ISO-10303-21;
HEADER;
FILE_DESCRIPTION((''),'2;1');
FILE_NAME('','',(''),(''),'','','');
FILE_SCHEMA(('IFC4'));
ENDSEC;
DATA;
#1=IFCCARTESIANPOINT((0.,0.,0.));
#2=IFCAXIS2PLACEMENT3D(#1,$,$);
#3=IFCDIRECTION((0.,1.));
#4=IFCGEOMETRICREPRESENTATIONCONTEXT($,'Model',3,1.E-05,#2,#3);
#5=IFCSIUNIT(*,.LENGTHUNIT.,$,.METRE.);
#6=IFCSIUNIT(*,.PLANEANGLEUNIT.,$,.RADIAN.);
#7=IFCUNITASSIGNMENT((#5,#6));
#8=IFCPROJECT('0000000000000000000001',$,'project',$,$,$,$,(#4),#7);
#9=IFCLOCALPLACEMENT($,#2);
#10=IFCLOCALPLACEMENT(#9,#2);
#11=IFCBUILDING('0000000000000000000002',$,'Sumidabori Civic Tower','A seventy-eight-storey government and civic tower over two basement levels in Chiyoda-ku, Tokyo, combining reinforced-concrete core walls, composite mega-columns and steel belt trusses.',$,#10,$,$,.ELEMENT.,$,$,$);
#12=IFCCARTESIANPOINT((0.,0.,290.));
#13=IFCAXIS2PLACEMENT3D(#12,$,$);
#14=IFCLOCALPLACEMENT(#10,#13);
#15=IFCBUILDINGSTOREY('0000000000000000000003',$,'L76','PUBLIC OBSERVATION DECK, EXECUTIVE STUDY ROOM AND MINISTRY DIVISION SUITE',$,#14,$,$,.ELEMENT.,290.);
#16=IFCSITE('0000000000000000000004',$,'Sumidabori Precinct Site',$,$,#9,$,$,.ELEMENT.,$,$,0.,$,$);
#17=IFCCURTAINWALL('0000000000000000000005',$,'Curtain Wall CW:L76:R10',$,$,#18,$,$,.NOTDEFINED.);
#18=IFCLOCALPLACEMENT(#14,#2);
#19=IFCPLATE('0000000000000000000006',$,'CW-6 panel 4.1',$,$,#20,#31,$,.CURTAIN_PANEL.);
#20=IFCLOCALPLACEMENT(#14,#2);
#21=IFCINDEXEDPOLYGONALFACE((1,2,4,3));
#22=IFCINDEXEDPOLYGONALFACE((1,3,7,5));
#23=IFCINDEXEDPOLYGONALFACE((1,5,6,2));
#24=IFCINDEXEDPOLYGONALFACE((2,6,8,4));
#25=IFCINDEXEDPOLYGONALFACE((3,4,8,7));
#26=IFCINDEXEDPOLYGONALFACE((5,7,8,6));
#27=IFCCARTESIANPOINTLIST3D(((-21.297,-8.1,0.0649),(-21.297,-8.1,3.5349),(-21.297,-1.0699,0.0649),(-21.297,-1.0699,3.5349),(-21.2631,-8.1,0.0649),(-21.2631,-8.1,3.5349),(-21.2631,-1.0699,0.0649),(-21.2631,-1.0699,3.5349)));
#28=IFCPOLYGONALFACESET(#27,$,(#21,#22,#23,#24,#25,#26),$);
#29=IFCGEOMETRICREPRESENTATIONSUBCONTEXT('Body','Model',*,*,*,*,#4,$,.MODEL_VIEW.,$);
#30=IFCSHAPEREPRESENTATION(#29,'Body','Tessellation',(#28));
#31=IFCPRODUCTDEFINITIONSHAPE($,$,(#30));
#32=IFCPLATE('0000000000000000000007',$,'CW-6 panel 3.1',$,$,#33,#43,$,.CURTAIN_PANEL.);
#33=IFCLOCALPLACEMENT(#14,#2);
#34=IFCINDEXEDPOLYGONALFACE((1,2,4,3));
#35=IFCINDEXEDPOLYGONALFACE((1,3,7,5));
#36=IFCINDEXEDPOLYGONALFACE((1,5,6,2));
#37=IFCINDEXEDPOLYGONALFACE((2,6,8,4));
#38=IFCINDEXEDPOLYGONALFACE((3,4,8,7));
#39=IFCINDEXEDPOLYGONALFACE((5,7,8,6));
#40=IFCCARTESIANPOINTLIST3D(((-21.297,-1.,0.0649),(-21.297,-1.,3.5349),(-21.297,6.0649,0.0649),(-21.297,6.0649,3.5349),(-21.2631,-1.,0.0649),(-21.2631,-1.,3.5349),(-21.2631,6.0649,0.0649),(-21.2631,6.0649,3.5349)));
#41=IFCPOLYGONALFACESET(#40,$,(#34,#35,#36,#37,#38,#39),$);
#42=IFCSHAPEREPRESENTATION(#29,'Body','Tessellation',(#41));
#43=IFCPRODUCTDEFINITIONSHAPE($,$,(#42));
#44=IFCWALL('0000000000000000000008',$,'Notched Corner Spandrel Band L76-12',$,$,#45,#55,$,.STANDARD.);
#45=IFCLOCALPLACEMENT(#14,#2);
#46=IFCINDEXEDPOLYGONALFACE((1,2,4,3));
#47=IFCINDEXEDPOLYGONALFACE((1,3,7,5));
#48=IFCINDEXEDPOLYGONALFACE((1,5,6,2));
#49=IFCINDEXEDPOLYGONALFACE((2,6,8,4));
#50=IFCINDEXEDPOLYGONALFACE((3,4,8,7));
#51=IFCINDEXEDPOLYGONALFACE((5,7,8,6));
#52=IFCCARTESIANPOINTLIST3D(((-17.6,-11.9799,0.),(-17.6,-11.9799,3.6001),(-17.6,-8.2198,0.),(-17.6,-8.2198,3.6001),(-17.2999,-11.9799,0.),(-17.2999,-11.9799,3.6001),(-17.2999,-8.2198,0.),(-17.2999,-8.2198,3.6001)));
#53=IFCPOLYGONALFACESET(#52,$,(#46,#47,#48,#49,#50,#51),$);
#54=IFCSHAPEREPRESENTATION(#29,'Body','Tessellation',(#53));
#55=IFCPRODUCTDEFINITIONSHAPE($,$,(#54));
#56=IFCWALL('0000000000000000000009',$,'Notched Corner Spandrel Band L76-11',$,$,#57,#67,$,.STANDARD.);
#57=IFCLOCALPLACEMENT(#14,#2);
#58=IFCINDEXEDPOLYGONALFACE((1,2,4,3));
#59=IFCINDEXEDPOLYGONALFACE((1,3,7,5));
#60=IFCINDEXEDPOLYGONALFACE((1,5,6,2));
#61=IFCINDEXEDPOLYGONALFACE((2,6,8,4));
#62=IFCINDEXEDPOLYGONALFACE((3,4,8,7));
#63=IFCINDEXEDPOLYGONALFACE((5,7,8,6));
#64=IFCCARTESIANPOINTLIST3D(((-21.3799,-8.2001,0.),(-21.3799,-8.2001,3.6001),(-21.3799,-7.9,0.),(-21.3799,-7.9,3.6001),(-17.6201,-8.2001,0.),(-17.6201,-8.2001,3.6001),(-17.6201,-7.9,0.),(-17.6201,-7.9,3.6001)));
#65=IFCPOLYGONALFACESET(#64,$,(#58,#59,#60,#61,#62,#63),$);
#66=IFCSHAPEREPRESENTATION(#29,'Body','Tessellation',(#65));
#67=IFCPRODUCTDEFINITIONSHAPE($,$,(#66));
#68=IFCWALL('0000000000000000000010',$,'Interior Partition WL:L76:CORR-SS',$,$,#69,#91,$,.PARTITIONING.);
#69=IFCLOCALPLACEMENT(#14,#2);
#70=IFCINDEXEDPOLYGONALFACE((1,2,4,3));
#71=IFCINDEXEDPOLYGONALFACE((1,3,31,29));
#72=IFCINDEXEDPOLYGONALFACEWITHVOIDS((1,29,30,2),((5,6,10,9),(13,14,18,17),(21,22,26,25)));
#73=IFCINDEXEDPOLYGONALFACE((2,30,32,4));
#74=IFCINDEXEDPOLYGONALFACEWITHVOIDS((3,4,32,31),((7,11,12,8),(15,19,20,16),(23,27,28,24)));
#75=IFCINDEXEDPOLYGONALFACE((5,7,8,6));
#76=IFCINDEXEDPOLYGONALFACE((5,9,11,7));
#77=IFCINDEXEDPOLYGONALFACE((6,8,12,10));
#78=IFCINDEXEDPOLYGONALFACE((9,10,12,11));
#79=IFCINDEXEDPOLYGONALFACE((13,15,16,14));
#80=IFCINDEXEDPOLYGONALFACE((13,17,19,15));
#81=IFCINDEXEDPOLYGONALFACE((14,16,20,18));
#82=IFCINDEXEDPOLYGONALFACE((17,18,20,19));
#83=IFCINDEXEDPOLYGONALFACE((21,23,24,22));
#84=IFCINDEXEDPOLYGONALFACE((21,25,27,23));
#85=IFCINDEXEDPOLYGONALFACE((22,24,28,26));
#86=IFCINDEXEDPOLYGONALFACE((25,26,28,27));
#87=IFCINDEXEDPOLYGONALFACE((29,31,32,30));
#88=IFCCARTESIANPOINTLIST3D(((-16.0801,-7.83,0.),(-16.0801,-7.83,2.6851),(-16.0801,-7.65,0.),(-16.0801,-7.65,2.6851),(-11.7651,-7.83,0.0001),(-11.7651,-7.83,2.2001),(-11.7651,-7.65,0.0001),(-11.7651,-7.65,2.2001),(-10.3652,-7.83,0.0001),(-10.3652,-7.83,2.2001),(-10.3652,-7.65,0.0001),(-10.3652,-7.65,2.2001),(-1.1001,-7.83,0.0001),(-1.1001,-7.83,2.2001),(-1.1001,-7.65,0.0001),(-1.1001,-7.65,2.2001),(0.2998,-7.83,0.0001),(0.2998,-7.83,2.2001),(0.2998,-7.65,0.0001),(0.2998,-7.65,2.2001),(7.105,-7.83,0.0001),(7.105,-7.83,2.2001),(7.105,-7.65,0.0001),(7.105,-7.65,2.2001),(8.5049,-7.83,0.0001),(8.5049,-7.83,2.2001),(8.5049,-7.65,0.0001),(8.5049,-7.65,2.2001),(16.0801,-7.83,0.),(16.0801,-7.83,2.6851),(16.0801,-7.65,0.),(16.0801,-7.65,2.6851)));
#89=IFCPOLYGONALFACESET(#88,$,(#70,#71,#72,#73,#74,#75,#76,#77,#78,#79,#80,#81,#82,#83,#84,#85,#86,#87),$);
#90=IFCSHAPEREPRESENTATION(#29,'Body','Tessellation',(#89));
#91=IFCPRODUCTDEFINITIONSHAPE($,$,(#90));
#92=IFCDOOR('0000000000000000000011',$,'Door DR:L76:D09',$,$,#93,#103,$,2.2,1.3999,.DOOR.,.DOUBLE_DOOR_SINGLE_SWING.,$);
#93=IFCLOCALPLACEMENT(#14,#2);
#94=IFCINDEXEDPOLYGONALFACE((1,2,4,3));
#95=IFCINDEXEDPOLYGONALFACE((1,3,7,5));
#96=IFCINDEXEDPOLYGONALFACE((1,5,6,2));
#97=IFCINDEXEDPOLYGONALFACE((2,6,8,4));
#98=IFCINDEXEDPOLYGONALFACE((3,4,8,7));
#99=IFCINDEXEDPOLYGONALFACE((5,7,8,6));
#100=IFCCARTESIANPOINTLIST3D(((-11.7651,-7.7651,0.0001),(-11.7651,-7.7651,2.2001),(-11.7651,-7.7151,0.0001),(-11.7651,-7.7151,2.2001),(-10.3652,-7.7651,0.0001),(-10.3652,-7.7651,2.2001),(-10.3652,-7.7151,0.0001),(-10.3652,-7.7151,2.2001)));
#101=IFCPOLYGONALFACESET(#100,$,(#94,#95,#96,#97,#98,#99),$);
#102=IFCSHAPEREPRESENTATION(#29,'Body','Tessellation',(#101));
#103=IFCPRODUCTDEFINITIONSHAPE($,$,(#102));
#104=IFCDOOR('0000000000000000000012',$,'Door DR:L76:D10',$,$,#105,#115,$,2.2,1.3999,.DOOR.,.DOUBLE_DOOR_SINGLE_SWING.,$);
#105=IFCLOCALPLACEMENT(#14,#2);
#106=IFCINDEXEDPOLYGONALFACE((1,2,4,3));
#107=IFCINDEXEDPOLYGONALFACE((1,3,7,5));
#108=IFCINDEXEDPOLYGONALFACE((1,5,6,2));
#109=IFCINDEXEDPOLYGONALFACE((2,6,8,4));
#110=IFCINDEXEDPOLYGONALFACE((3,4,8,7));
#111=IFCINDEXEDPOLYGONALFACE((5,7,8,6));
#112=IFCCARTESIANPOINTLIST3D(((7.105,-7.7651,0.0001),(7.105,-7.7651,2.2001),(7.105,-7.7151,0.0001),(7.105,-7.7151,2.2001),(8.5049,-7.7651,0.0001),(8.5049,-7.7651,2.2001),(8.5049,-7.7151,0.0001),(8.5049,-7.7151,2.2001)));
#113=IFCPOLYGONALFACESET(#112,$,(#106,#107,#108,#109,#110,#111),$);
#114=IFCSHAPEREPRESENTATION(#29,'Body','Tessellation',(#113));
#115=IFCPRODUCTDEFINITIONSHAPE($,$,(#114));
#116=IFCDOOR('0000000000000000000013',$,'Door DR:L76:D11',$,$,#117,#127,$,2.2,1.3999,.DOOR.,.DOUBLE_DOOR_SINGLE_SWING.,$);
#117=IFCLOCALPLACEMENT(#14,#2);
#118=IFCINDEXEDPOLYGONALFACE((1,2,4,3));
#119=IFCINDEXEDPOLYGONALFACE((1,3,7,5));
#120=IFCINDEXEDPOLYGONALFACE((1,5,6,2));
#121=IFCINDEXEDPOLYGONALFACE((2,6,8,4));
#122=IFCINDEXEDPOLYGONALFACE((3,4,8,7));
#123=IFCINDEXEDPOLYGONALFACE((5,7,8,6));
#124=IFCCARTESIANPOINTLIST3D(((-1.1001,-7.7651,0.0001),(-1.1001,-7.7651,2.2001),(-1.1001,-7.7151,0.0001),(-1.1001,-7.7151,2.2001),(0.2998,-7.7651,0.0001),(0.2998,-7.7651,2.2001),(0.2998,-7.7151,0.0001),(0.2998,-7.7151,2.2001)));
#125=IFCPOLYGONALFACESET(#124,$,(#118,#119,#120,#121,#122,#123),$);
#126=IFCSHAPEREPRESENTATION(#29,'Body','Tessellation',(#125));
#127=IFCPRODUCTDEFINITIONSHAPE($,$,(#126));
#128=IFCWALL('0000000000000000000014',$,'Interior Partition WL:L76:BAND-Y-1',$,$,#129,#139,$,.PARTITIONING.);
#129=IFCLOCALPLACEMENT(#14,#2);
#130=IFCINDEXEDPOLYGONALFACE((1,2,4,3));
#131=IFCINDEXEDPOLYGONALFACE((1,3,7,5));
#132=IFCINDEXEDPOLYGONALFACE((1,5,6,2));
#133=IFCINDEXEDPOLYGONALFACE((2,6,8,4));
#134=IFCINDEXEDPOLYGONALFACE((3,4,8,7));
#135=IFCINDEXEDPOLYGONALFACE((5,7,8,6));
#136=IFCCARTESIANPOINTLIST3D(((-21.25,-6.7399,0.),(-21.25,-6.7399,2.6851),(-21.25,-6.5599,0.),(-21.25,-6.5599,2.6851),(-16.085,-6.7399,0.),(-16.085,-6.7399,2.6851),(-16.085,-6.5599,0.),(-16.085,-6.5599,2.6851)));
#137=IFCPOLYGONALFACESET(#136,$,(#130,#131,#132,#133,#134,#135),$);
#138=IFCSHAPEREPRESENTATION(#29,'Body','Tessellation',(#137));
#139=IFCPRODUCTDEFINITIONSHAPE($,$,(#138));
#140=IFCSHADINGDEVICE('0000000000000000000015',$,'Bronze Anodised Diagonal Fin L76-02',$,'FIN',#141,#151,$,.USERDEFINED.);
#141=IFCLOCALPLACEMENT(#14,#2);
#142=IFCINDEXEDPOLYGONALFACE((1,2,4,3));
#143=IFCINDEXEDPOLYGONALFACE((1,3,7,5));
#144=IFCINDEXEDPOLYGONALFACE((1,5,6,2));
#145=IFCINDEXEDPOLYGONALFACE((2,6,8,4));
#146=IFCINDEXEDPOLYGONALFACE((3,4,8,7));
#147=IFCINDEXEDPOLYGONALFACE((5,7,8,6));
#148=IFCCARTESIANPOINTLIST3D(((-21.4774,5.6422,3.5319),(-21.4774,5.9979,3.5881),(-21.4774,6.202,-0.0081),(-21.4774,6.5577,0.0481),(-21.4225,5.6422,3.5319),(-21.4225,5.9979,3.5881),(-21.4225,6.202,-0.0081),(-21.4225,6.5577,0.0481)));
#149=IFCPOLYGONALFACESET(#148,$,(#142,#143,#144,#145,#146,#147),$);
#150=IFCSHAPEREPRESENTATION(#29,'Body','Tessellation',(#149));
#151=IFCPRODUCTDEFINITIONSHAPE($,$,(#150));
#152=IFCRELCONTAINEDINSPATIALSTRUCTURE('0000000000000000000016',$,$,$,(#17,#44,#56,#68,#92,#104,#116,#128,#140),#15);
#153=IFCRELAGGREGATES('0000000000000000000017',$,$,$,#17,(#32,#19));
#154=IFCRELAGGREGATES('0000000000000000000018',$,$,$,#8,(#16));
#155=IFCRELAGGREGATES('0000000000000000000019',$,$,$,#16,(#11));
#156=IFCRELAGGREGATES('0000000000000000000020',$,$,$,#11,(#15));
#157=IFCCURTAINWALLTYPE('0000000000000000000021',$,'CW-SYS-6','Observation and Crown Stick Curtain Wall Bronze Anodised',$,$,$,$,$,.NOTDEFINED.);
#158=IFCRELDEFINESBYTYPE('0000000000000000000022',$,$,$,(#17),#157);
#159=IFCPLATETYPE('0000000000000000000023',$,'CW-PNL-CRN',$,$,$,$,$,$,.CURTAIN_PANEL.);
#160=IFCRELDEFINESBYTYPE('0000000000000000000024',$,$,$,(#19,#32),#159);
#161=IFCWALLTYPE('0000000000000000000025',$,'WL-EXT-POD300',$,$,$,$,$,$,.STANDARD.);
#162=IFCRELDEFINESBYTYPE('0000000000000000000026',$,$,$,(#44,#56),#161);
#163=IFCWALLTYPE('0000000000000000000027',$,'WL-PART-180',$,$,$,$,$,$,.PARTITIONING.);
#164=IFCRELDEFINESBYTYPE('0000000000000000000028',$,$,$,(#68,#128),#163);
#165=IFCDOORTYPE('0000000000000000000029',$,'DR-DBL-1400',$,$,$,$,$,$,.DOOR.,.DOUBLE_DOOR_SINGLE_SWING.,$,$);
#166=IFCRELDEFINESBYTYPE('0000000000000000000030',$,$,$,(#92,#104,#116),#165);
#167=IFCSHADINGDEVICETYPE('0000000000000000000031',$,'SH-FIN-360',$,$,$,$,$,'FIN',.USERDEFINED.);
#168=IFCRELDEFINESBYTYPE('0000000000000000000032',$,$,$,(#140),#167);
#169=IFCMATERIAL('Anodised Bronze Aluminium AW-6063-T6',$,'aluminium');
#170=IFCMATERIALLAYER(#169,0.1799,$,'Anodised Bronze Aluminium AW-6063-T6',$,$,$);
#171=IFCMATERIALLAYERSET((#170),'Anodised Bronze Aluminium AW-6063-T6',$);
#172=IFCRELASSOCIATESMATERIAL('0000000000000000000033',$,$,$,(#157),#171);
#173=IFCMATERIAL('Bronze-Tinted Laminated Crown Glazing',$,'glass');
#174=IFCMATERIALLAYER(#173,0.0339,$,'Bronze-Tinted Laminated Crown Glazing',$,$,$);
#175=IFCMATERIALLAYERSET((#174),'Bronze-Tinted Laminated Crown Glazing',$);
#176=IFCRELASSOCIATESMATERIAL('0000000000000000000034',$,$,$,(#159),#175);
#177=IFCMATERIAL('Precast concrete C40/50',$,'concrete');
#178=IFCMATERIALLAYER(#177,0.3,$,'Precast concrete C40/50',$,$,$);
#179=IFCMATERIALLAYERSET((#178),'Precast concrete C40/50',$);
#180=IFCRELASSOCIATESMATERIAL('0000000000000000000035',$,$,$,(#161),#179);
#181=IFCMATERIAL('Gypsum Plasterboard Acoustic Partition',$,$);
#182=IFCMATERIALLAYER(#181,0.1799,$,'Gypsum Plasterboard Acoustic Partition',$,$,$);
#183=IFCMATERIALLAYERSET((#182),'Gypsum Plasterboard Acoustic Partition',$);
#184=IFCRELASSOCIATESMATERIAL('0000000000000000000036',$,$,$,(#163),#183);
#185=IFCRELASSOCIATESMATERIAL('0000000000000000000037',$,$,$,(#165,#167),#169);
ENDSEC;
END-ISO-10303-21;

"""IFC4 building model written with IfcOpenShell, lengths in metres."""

from ifc_helpers import new_model, si_unit, direction, frame, frame_2d, origin, origin_2d, place, context, subcontext, project, spatial, rectangle, extrude, source, transform, mapped, material, layer, layer_set, material_profile, profile_set, type_object, element, fill, aggregate, save


model = new_model("IFC4")

# Units and contexts
model_context = context("Model", 3, precision=1e-05, world=origin(), true_north=direction((0.0, 1.0)))
body_context = subcontext(model_context, "Body", "Model", "MODEL_VIEW")
ifc_project = project(units=[si_unit("LENGTHUNIT", "METRE"), si_unit("PLANEANGLEUNIT", "RADIAN")], contexts=[model_context])

# Site, building, storey
site_placement = place(None, origin())
site = spatial("IfcSite", under=ifc_project, at=site_placement, Name="Sumidabori Precinct Site", CompositionType="ELEMENT", RefElevation=0.0)
building_placement = place(site_placement, origin())
building = spatial("IfcBuilding", under=site, at=building_placement, Name="Sumidabori Civic Tower", Description="A seventy-eight-storey government and civic tower over two basement levels in Chiyoda-ku, Tokyo, combining reinforced-concrete core walls, composite mega-columns and steel belt trusses.", CompositionType="ELEMENT")
storey_placement = place(building_placement, frame((0.0, 0.0, 290.0)))
storey = spatial("IfcBuildingStorey", under=building, at=storey_placement, Name="L76", Description="PUBLIC OBSERVATION DECK, EXECUTIVE STUDY ROOM AND MINISTRY DIVISION SUITE", CompositionType="ELEMENT", Elevation=290.0)

# Curtain wall
ifc_material_1 = material(Name="Anodised Bronze Aluminium AW-6063-T6", Category="aluminium")
ifc_layer_1 = layer(ifc_material_1, 0.1799, Name="Anodised Bronze Aluminium AW-6063-T6")
ifc_layer_set_1 = layer_set([ifc_layer_1], Name="Anodised Bronze Aluminium AW-6063-T6")
curtain_wall_type = type_object("IfcCurtainWallType", Name="CW-SYS-6", Description="Observation and Crown Stick Curtain Wall Bronze Anodised", PredefinedType="NOTDEFINED", material=ifc_layer_set_1)
curtain_wall_1_placement = place(storey_placement, origin())
curtain_wall_1 = element("IfcCurtainWall", 1, at=curtain_wall_1_placement, inside=storey, type_object=curtain_wall_type, Name="Curtain Wall CW:L76:R10", PredefinedType="NOTDEFINED")

# Plates
ifc_material_2 = material(Name="Bronze-Tinted Laminated Crown Glazing", Category="glass")
ifc_layer_2 = layer(ifc_material_2, 0.0339, Name="Bronze-Tinted Laminated Crown Glazing")
ifc_layer_set_2 = layer_set([ifc_layer_2], Name="Bronze-Tinted Laminated Crown Glazing")
plate_type = type_object("IfcPlateType", Name="CW-PNL-CRN", PredefinedType="CURTAIN_PANEL", material=ifc_layer_set_2)
shared_shape_1 = source(origin(), body_context, "Body", "SweptSolid", [
    extrude(rectangle(XDim=7.03, YDim=0.0339, at=origin_2d()), origin(), (0.0, 0.0, 1.0), 3.47),
])
plate_1_placement = place(storey_placement, frame((-21.28, -4.585, 0.0649), z_axis=(0.0, 0.0, 1.0), x_axis=(0.0, -1.0, 0.0)))
plate_1 = element("IfcPlate", 2, at=plate_1_placement, type_object=plate_type, Name="CW-6 panel 4.1", PredefinedType="CURTAIN_PANEL", context=body_context, shape_type="MappedRepresentation", body=[
    mapped(shared_shape_1, transform((0.0, 0.0, 0.0), x_axis=(1.0, 0.0, 0.0), y_axis=(0.0, 1.0, 0.0), z_axis=(0.0, 0.0, 1.0), scale=1.0)),
])
shared_shape_2 = source(origin(), body_context, "Body", "SweptSolid", [
    extrude(rectangle(XDim=7.0649, YDim=0.0339, at=origin_2d()), origin(), (0.0, 0.0, 1.0), 3.47),
])
plate_2_placement = place(storey_placement, frame((-21.28, 2.5325, 0.0649), z_axis=(0.0, 0.0, 1.0), x_axis=(0.0, -1.0, 0.0)))
plate_2 = element("IfcPlate", 3, at=plate_2_placement, type_object=plate_type, Name="CW-6 panel 3.1", PredefinedType="CURTAIN_PANEL", context=body_context, shape_type="MappedRepresentation", body=[
    mapped(shared_shape_2, transform((0.0, 0.0, 0.0), x_axis=(1.0, 0.0, 0.0), y_axis=(0.0, 1.0, 0.0), z_axis=(0.0, 0.0, 1.0), scale=1.0)),
])
aggregate(curtain_wall_1, [plate_2, plate_1])

# Walls
ifc_material_3 = material(Name="Precast concrete C40/50", Category="concrete")
ifc_layer_3 = layer(ifc_material_3, 0.3, Name="Precast concrete C40/50")
ifc_layer_set_3 = layer_set([ifc_layer_3], Name="Precast concrete C40/50")
wall_type_1 = type_object("IfcWallType", Name="WL-EXT-POD300", PredefinedType="STANDARD", material=ifc_layer_set_3)
shared_shape_3 = source(origin(), body_context, "Body", "SweptSolid", [
    extrude(rectangle(XDim=3.76, YDim=0.3, at=frame_2d((1.8799, 0.0))), origin(), (0.0, 0.0, 1.0), 3.6001),
])
wall_1_placement = place(storey_placement, frame((-17.45, -8.22, 0.0), z_axis=(0.0, 0.0, 1.0), x_axis=(0.0, -1.0, 0.0)))
element("IfcWall", 4, at=wall_1_placement, inside=storey, type_object=wall_type_1, Name="Notched Corner Spandrel Band L76-12", PredefinedType="STANDARD", context=body_context, shape_type="MappedRepresentation", body=[
    mapped(shared_shape_3, transform((0.0, 0.0, 0.0), x_axis=(1.0, 0.0, 0.0), y_axis=(0.0, 1.0, 0.0), z_axis=(0.0, 0.0, 1.0), scale=1.0)),
])
shared_shape_4 = source(origin(), body_context, "Body", "SweptSolid", [
    extrude(rectangle(XDim=3.7598, YDim=0.3, at=frame_2d((1.8799, 0.0))), origin(), (0.0, 0.0, 1.0), 3.6001),
])
wall_2_placement = place(storey_placement, frame((-21.3799, -8.05, 0.0), z_axis=(0.0, 0.0, 1.0), x_axis=(1.0, 0.0, 0.0)))
element("IfcWall", 5, at=wall_2_placement, inside=storey, type_object=wall_type_1, Name="Notched Corner Spandrel Band L76-11", PredefinedType="STANDARD", context=body_context, shape_type="MappedRepresentation", body=[
    mapped(shared_shape_4, transform((0.0, 0.0, 0.0), x_axis=(1.0, 0.0, 0.0), y_axis=(0.0, 1.0, 0.0), z_axis=(0.0, 0.0, 1.0), scale=1.0)),
])

# Wall, openings, doors
ifc_material_4 = material(Name="Gypsum Plasterboard Acoustic Partition")
ifc_layer_4 = layer(ifc_material_4, 0.1799, Name="Gypsum Plasterboard Acoustic Partition")
ifc_layer_set_4 = layer_set([ifc_layer_4], Name="Gypsum Plasterboard Acoustic Partition")
wall_type_2 = type_object("IfcWallType", Name="WL-PART-180", PredefinedType="PARTITIONING", material=ifc_layer_set_4)
shared_shape_5 = source(origin(), body_context, "Body", "SweptSolid", [
    extrude(rectangle(XDim=32.1602, YDim=0.1799, at=frame_2d((16.0801, 0.0))), origin(), (0.0, 0.0, 1.0), 2.6851),
])
wall_3_placement = place(storey_placement, frame((-16.0801, -7.74, 0.0), z_axis=(0.0, 0.0, 1.0), x_axis=(1.0, 0.0, 0.0)))
wall_3 = element("IfcWall", 6, at=wall_3_placement, inside=storey, type_object=wall_type_2, Name="Interior Partition WL:L76:CORR-SS", PredefinedType="PARTITIONING", context=body_context, shape_type="MappedRepresentation", body=[
    mapped(shared_shape_5, transform((0.0, 0.0, 0.0), x_axis=(1.0, 0.0, 0.0), y_axis=(0.0, 1.0, 0.0), z_axis=(0.0, 0.0, 1.0), scale=1.0)),
])
opening_1_placement = place(wall_3_placement, frame((4.3149, 0.0, 0.0)))
opening_1 = element("IfcOpeningElement", 7, at=opening_1_placement, cuts=wall_3, PredefinedType="OPENING", context=body_context, shape_type="SweptSolid", body=[
    extrude(rectangle(XDim=1.3999, YDim=2.2, at=frame_2d((0.7, 1.1001))), frame((0.0, 0.1021, 0.0), z_axis=(0.0, -1.0, 0.0), x_axis=(1.0, 0.0, 0.0)), (0.0, 0.0, 1.0), 0.2039),
])
opening_2_placement = place(wall_3_placement, frame((23.1851, 0.0, 0.0)))
opening_2 = element("IfcOpeningElement", 8, at=opening_2_placement, cuts=wall_3, PredefinedType="OPENING", context=body_context, shape_type="SweptSolid", body=[
    extrude(rectangle(XDim=1.3999, YDim=2.2, at=frame_2d((0.7, 1.1001))), frame((0.0, 0.1021, 0.0), z_axis=(0.0, -1.0, 0.0), x_axis=(1.0, 0.0, 0.0)), (0.0, 0.0, 1.0), 0.2039),
])
opening_3_placement = place(wall_3_placement, frame((14.98, 0.0, 0.0)))
opening_3 = element("IfcOpeningElement", 9, at=opening_3_placement, cuts=wall_3, PredefinedType="OPENING", context=body_context, shape_type="SweptSolid", body=[
    extrude(rectangle(XDim=1.3999, YDim=2.2, at=frame_2d((0.7, 1.1001))), frame((0.0, 0.1021, 0.0), z_axis=(0.0, -1.0, 0.0), x_axis=(1.0, 0.0, 0.0)), (0.0, 0.0, 1.0), 0.2039),
])
door_type = type_object("IfcDoorType", Name="DR-DBL-1400", OperationType="DOUBLE_DOOR_SINGLE_SWING", PredefinedType="DOOR", material=ifc_material_1)
shared_shape_6 = source(origin(), body_context, "Body", "SweptSolid", [
    extrude(rectangle(XDim=1.3999, YDim=2.2, at=frame_2d((0.7, 1.1001))), frame((0.0, 0.0249, 0.0), z_axis=(0.0, -1.0, 0.0), x_axis=(1.0, 0.0, 0.0)), (0.0, 0.0, 1.0), 0.05),
])
door_1_placement = place(opening_1_placement, origin())
door_1 = element("IfcDoor", 10, at=door_1_placement, inside=storey, type_object=door_type, Name="Door DR:L76:D09", OperationType="DOUBLE_DOOR_SINGLE_SWING", OverallHeight=2.2, OverallWidth=1.3999, PredefinedType="DOOR", context=body_context, shape_type="MappedRepresentation", body=[
    mapped(shared_shape_6, transform((0.0, 0.0, 0.0), x_axis=(1.0, 0.0, 0.0), y_axis=(0.0, 1.0, 0.0), z_axis=(0.0, 0.0, 1.0), scale=1.0)),
])
fill(opening_1, door_1)
door_2_placement = place(opening_2_placement, origin())
door_2 = element("IfcDoor", 11, at=door_2_placement, inside=storey, type_object=door_type, Name="Door DR:L76:D10", OperationType="DOUBLE_DOOR_SINGLE_SWING", OverallHeight=2.2, OverallWidth=1.3999, PredefinedType="DOOR", context=body_context, shape_type="MappedRepresentation", body=[
    mapped(shared_shape_6, transform((0.0, 0.0, 0.0), x_axis=(1.0, 0.0, 0.0), y_axis=(0.0, 1.0, 0.0), z_axis=(0.0, 0.0, 1.0), scale=1.0)),
])
fill(opening_2, door_2)
door_3_placement = place(opening_3_placement, origin())
door_3 = element("IfcDoor", 12, at=door_3_placement, inside=storey, type_object=door_type, Name="Door DR:L76:D11", OperationType="DOUBLE_DOOR_SINGLE_SWING", OverallHeight=2.2, OverallWidth=1.3999, PredefinedType="DOOR", context=body_context, shape_type="MappedRepresentation", body=[
    mapped(shared_shape_6, transform((0.0, 0.0, 0.0), x_axis=(1.0, 0.0, 0.0), y_axis=(0.0, 1.0, 0.0), z_axis=(0.0, 0.0, 1.0), scale=1.0)),
])
fill(opening_3, door_3)

# Wall
shared_shape_7 = source(origin(), body_context, "Body", "SweptSolid", [
    extrude(rectangle(XDim=5.165, YDim=0.1799, at=frame_2d((2.5825, 0.0))), origin(), (0.0, 0.0, 1.0), 2.6851),
])
wall_4_placement = place(storey_placement, frame((-21.25, -6.6499, 0.0), z_axis=(0.0, 0.0, 1.0), x_axis=(1.0, 0.0, 0.0)))
element("IfcWall", 13, at=wall_4_placement, inside=storey, type_object=wall_type_2, Name="Interior Partition WL:L76:BAND-Y-1", PredefinedType="PARTITIONING", context=body_context, shape_type="MappedRepresentation", body=[
    mapped(shared_shape_7, transform((0.0, 0.0, 0.0), x_axis=(1.0, 0.0, 0.0), y_axis=(0.0, 1.0, 0.0), z_axis=(0.0, 0.0, 1.0), scale=1.0)),
])

# Shading device
ifc_material_profile_1 = material_profile(ifc_material_1, rectangle(XDim=0.0549, YDim=0.3601, at=origin_2d()), Name="BRONZE FIN 360x55")
ifc_profile_set_1 = profile_set([ifc_material_profile_1], Name="Anodised Bronze Aluminium AW-6063-T6")
shading_device_type = type_object("IfcShadingDeviceType", Name="SH-FIN-360", ElementType="FIN", PredefinedType="USERDEFINED", material=ifc_profile_set_1)
shared_shape_8 = source(origin(), body_context, "Body", "SweptSolid", [
    extrude(rectangle(XDim=0.0549, YDim=0.3601, at=origin_2d()), origin(), (0.0, 0.0, 1.0), 3.584),
])
shading_device_placement = place(storey_placement, frame((-21.45, 6.3799, 0.02), z_axis=(0.0, -0.156197, 0.987726), x_axis=(-1.0, 0.0, 0.0)))
element("IfcShadingDevice", 14, at=shading_device_placement, inside=storey, type_object=shading_device_type, Name="Bronze Anodised Diagonal Fin L76-02", ObjectType="FIN", PredefinedType="USERDEFINED", context=body_context, shape_type="MappedRepresentation", body=[
    mapped(shared_shape_8, transform((0.0, 0.0, 0.0), x_axis=(1.0, 0.0, 0.0), y_axis=(0.0, 1.0, 0.0), z_axis=(0.0, 0.0, 1.0), scale=1.0)),
])

save(model, "model.ifc")
